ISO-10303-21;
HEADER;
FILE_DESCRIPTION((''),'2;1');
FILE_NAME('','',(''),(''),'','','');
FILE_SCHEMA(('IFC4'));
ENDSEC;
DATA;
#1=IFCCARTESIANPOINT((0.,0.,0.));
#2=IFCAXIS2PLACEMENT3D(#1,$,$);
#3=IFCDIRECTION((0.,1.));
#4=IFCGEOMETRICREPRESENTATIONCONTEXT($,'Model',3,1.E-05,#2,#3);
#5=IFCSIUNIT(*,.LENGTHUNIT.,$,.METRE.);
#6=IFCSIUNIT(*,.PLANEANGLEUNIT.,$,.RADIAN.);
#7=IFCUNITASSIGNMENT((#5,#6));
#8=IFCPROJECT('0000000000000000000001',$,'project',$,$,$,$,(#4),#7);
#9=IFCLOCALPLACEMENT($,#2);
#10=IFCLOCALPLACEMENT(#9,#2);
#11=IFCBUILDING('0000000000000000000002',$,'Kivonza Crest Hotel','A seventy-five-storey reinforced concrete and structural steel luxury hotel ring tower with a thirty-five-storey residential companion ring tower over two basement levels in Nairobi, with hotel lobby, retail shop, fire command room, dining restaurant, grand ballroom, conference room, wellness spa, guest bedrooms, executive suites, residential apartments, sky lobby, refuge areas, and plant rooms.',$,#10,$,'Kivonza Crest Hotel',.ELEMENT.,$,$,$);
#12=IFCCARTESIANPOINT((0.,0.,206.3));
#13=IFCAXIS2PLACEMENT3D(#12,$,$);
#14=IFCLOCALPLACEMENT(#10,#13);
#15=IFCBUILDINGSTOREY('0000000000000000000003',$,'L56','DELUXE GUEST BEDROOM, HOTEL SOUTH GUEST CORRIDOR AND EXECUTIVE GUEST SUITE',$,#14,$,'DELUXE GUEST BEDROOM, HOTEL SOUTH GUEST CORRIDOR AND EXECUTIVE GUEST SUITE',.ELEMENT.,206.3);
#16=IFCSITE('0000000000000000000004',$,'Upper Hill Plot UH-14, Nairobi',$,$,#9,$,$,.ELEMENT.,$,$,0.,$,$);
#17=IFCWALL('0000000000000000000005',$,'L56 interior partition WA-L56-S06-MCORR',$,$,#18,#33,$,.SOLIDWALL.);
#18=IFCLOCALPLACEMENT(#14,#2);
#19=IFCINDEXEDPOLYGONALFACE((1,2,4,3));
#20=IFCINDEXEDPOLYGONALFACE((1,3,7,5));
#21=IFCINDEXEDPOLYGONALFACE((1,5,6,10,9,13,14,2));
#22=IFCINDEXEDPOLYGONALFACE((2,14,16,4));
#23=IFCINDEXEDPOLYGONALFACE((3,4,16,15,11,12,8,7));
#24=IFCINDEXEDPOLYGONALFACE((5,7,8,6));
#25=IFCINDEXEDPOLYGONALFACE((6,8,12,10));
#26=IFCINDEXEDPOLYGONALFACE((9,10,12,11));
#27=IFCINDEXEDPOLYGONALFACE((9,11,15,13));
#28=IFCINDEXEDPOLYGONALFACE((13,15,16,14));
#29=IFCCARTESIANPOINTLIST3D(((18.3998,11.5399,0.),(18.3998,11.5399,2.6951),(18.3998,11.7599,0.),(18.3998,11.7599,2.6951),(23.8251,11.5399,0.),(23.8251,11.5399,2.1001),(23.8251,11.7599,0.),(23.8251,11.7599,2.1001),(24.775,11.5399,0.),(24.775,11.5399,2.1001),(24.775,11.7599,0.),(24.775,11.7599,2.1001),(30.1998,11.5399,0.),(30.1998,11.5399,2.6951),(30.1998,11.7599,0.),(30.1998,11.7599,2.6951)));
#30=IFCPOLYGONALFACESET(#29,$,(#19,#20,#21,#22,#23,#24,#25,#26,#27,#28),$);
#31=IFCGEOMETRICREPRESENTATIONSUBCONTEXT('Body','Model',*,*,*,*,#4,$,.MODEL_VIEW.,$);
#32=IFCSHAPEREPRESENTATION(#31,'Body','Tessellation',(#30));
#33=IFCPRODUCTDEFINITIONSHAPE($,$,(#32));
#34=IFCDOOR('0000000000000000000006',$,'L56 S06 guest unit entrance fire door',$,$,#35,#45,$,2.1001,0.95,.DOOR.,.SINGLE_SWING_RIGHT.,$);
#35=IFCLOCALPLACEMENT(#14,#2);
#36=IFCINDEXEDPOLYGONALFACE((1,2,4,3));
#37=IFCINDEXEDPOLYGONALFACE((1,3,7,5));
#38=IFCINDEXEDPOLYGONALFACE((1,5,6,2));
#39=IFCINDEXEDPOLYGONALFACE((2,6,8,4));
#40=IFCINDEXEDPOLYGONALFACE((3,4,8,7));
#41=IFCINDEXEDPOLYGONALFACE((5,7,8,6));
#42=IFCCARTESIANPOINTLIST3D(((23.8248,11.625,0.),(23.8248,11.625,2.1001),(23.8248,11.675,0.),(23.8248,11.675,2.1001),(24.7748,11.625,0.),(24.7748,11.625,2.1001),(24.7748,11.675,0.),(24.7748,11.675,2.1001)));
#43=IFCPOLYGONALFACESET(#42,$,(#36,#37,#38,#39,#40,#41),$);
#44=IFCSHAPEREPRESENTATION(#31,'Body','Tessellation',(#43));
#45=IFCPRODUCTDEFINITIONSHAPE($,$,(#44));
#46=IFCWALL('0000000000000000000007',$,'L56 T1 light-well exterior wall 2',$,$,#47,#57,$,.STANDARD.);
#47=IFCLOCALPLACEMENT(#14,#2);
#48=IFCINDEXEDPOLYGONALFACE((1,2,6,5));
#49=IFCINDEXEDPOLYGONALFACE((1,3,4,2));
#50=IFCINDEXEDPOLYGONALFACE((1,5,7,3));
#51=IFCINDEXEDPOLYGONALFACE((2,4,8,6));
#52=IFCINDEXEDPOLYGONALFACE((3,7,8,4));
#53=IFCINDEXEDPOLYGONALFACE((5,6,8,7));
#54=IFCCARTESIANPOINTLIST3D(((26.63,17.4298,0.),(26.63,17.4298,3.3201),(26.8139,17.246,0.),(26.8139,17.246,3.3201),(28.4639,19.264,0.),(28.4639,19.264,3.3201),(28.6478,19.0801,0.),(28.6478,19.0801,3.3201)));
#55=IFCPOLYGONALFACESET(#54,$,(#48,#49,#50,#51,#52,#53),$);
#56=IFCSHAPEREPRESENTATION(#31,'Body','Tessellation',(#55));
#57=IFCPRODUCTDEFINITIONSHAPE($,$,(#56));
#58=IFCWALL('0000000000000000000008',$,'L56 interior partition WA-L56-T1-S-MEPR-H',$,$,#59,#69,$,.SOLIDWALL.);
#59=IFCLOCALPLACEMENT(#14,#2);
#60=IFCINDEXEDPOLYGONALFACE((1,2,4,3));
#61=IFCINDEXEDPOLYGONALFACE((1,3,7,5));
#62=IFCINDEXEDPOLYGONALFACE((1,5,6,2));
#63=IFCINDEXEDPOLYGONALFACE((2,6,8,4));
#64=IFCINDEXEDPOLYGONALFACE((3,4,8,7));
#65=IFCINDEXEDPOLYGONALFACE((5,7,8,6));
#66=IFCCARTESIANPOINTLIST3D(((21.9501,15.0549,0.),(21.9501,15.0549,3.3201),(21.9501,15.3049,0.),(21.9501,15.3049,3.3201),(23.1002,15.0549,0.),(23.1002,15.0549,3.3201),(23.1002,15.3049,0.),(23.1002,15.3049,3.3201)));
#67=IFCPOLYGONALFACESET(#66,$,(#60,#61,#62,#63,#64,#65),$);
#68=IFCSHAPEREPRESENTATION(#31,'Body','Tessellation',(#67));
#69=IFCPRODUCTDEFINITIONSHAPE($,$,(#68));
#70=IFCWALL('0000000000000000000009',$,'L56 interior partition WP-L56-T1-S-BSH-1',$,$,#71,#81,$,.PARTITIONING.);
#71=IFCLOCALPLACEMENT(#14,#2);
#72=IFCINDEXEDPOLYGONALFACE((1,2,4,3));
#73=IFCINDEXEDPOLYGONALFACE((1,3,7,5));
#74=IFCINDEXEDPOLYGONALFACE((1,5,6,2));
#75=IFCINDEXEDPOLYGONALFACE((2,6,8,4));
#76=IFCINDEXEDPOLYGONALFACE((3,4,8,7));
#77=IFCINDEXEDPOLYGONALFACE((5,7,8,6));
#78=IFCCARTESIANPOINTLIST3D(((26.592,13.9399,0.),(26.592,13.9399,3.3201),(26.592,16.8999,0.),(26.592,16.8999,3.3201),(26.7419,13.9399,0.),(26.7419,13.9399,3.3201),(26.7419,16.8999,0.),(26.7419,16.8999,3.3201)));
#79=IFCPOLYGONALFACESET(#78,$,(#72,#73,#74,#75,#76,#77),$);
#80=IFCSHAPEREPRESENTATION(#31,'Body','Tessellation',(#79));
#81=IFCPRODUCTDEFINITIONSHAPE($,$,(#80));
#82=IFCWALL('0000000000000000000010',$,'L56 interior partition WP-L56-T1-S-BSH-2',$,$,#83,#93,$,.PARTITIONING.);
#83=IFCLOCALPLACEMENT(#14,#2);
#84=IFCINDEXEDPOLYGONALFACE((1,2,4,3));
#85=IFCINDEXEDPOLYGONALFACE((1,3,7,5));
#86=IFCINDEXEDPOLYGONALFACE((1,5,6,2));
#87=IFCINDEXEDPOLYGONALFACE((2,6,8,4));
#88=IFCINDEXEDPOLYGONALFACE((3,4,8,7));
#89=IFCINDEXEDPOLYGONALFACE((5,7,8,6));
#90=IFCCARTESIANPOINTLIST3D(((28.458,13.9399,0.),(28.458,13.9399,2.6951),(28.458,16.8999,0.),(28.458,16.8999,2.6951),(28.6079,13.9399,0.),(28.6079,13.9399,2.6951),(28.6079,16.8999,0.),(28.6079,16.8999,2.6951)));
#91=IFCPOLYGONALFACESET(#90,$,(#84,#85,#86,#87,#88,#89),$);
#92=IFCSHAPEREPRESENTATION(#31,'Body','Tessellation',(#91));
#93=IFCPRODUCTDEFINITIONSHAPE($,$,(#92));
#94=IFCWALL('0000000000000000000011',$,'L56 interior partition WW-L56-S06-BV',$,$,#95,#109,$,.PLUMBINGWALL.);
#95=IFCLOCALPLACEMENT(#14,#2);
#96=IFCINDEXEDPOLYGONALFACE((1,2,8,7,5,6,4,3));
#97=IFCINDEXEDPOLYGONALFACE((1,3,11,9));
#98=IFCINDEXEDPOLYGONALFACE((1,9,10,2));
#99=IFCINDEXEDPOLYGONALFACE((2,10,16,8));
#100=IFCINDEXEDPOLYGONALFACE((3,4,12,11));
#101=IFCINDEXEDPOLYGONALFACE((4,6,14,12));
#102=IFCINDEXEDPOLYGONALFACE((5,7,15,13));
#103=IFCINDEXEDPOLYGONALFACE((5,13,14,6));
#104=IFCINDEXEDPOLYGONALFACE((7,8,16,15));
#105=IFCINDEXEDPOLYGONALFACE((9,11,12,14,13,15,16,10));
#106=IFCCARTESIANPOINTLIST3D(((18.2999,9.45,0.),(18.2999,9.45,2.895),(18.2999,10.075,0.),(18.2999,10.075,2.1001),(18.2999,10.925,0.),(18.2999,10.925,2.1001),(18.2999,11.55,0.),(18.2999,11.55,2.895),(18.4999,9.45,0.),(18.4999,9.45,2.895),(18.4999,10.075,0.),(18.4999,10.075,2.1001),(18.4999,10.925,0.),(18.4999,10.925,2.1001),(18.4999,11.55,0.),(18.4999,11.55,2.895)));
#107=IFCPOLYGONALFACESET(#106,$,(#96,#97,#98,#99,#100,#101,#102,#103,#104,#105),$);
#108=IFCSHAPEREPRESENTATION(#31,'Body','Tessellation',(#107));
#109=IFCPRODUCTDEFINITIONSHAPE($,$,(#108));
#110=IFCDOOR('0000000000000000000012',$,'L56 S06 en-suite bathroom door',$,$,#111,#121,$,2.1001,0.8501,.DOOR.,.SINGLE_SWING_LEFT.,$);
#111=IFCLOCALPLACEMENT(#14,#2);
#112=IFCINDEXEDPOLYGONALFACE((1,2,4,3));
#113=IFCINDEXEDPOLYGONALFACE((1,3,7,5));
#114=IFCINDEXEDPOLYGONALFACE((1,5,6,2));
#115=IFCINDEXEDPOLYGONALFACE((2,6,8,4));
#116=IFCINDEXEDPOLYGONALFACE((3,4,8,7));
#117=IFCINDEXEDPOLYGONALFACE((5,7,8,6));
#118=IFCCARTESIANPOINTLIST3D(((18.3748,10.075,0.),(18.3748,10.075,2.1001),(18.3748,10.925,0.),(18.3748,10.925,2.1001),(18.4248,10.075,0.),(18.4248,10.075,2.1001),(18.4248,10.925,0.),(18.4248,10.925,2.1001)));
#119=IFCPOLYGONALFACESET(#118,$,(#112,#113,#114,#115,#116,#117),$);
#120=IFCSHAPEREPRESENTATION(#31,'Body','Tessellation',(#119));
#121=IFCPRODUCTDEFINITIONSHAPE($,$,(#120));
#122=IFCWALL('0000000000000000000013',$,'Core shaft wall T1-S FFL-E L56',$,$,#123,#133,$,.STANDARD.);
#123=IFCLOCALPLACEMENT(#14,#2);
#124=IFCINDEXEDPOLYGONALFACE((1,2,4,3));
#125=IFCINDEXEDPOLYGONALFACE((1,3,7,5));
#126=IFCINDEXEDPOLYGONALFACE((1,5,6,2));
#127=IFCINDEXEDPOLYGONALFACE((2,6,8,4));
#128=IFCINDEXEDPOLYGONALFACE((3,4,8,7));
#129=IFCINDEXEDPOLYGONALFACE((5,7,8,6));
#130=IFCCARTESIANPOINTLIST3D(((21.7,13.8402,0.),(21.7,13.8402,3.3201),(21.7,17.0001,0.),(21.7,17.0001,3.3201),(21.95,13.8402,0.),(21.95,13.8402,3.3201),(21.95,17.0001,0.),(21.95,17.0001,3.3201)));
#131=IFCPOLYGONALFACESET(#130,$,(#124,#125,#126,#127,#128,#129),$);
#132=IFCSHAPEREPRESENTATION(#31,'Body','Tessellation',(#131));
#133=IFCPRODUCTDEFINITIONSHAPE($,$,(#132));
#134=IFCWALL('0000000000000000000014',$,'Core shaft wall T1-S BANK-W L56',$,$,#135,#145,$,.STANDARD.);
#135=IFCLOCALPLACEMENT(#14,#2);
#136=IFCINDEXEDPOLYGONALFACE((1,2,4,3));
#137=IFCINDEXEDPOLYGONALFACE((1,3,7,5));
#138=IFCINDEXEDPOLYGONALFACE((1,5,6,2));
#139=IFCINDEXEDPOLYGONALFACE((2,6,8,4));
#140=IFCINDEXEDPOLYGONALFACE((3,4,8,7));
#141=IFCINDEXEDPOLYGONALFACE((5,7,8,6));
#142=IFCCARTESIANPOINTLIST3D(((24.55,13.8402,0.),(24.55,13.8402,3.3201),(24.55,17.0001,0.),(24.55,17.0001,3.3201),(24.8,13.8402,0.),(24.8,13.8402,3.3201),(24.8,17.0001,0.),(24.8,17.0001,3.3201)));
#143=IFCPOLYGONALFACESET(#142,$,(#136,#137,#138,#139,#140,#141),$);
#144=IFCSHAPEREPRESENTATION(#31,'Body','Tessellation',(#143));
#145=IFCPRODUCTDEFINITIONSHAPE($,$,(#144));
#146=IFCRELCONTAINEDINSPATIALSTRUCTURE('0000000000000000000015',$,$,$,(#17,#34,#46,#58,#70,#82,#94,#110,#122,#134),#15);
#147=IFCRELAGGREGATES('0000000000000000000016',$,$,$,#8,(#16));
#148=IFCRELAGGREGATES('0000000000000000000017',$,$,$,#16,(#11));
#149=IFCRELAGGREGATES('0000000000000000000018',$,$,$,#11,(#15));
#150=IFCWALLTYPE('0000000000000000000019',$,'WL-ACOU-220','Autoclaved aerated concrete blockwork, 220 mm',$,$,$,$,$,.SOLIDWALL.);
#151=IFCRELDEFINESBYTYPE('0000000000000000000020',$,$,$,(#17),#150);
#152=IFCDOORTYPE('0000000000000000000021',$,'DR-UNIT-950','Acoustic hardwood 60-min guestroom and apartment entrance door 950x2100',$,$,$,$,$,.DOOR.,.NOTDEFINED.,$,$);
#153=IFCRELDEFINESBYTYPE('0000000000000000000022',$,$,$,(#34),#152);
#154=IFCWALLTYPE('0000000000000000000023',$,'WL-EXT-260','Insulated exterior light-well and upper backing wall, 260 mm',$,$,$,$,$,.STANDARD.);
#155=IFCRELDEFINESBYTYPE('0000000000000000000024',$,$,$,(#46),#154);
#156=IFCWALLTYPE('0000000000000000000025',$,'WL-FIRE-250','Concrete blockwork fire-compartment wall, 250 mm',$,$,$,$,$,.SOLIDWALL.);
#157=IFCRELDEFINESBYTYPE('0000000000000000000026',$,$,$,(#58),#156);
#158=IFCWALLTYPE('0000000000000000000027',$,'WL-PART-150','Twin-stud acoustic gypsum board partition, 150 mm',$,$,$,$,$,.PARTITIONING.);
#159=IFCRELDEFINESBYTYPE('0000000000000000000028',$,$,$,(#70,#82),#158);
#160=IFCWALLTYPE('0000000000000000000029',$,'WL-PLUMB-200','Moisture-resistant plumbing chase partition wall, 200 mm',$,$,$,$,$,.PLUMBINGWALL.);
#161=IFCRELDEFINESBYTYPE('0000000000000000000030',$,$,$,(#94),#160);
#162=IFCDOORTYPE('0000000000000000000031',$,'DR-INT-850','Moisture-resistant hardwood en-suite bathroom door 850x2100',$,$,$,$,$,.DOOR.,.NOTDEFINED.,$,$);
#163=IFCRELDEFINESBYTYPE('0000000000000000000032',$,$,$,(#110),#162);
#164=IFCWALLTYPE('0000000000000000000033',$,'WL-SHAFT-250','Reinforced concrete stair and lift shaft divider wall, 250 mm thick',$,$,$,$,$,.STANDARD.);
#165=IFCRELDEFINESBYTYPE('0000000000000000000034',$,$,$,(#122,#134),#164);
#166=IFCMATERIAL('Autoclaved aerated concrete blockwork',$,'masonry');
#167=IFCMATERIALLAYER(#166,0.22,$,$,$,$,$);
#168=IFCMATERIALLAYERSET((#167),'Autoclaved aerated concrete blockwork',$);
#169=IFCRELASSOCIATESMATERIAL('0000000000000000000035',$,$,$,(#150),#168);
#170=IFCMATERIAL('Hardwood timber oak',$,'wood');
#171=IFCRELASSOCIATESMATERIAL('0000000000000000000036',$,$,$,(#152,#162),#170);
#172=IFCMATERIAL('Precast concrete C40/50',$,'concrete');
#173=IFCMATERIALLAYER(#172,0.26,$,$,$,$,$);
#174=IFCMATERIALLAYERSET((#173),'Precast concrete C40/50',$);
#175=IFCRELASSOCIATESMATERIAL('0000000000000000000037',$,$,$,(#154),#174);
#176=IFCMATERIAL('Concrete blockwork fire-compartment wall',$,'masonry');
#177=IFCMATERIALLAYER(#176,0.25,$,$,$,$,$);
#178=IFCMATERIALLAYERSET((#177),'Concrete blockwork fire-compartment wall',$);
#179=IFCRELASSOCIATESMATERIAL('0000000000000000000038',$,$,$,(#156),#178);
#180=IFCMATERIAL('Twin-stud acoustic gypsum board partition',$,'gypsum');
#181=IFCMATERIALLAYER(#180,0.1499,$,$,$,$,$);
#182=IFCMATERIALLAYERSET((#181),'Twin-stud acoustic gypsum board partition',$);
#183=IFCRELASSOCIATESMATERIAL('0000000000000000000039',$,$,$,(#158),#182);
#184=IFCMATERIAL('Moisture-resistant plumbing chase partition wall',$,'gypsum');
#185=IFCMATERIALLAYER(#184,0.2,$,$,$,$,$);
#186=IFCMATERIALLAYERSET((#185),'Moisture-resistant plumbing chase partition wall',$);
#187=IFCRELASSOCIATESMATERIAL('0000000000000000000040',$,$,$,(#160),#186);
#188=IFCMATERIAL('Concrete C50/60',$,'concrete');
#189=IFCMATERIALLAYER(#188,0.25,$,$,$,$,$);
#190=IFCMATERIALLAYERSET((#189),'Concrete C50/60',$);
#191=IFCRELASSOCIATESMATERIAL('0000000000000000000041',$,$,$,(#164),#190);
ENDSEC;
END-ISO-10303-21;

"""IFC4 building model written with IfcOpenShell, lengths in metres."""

from ifc_helpers import new_model, si_unit, direction, frame, frame_2d, origin, place, context, subcontext, project, spatial, rectangle, extrude, material, layer, layer_set, type_object, element, fill, save


model = new_model("IFC4")

# Units and contexts
model_context = context("Model", 3, precision=1e-05, world=origin(), true_north=direction((0.0, 1.0)))
body_context = subcontext(model_context, "Body", "Model", "MODEL_VIEW")
ifc_project = project(units=[si_unit("LENGTHUNIT", "METRE"), si_unit("PLANEANGLEUNIT", "RADIAN")], contexts=[model_context])

# Site, building, storey
site_placement = place(None, origin())
site = spatial("IfcSite", under=ifc_project, at=site_placement, Name="Upper Hill Plot UH-14, Nairobi", CompositionType="ELEMENT", RefElevation=0.0)
building_placement = place(site_placement, origin())
building = spatial("IfcBuilding", under=site, at=building_placement, Name="Kivonza Crest Hotel", Description="A seventy-five-storey reinforced concrete and structural steel luxury hotel ring tower with a thirty-five-storey residential companion ring tower over two basement levels in Nairobi, with hotel lobby, retail shop, fire command room, dining restaurant, grand ballroom, conference room, wellness spa, guest bedrooms, executive suites, residential apartments, sky lobby, refuge areas, and plant rooms.", LongName="Kivonza Crest Hotel", CompositionType="ELEMENT")
storey_placement = place(building_placement, frame((0.0, 0.0, 206.3)))
storey = spatial("IfcBuildingStorey", under=building, at=storey_placement, Name="L56", Description="DELUXE GUEST BEDROOM, HOTEL SOUTH GUEST CORRIDOR AND EXECUTIVE GUEST SUITE", LongName="DELUXE GUEST BEDROOM, HOTEL SOUTH GUEST CORRIDOR AND EXECUTIVE GUEST SUITE", CompositionType="ELEMENT", Elevation=206.3)

# Wall, opening, door
ifc_material_1 = material(Name="Autoclaved aerated concrete blockwork", Category="masonry")
ifc_layer_1 = layer(ifc_material_1, 0.22)
ifc_layer_set_1 = layer_set([ifc_layer_1], Name="Autoclaved aerated concrete blockwork")
wall_type_1 = type_object("IfcWallType", Name="WL-ACOU-220", Description="Autoclaved aerated concrete blockwork, 220 mm", PredefinedType="SOLIDWALL", material=ifc_layer_set_1)
wall_1_placement = place(storey_placement, frame((18.3999, 11.6499, 0.0), z_axis=(0.0, 0.0, 1.0), x_axis=(1.0, 0.0, 0.0)))
wall_1 = element("IfcWall", 1, at=wall_1_placement, inside=storey, type_object=wall_type_1, Name="L56 interior partition WA-L56-S06-MCORR", PredefinedType="SOLIDWALL", context=body_context, shape_type="SweptSolid", body=[
    extrude(rectangle(XDim=11.8, YDim=0.22, at=frame_2d((5.8999, 0.0))), origin(), (0.0, 0.0, 1.0), 2.6951),
])
opening_1_placement = place(wall_1_placement, frame((5.425, 0.0, 0.0)))
opening_1 = element("IfcOpeningElement", 2, at=opening_1_placement, cuts=wall_1, PredefinedType="OPENING", context=body_context, shape_type="SweptSolid", body=[
    extrude(rectangle(XDim=0.95, YDim=2.1001, at=frame_2d((0.4751, 1.05))), frame((0.0, 0.1201, 0.0), z_axis=(0.0, -1.0, 0.0), x_axis=(1.0, 0.0, 0.0)), (0.0, 0.0, 1.0), 0.24),
])
ifc_material_2 = material(Name="Hardwood timber oak", Category="wood")
door_type_1 = type_object("IfcDoorType", Name="DR-UNIT-950", Description="Acoustic hardwood 60-min guestroom and apartment entrance door 950x2100", OperationType="NOTDEFINED", PredefinedType="DOOR", material=ifc_material_2)
door_1_placement = place(opening_1_placement, frame((0.95, 0.0, 0.0), z_axis=(0.0, 0.0, 1.0), x_axis=(-1.0, 0.0, 0.0)))
door_1 = element("IfcDoor", 3, at=door_1_placement, inside=storey, type_object=door_type_1, Name="L56 S06 guest unit entrance fire door", OperationType="SINGLE_SWING_RIGHT", OverallHeight=2.1001, OverallWidth=0.95, PredefinedType="DOOR", context=body_context, shape_type="SweptSolid", body=[
    extrude(rectangle(XDim=0.95, YDim=2.1001, at=frame_2d((0.4751, 1.05))), frame((0.0, 0.0249, 0.0), z_axis=(0.0, -1.0, 0.0), x_axis=(1.0, 0.0, 0.0)), (0.0, 0.0, 1.0), 0.05),
])
fill(opening_1, door_1)

# Walls
ifc_material_3 = material(Name="Precast concrete C40/50", Category="concrete")
ifc_layer_2 = layer(ifc_material_3, 0.26)
ifc_layer_set_2 = layer_set([ifc_layer_2], Name="Precast concrete C40/50")
wall_type_2 = type_object("IfcWallType", Name="WL-EXT-260", Description="Insulated exterior light-well and upper backing wall, 260 mm", PredefinedType="STANDARD", material=ifc_layer_set_2)
wall_2_placement = place(storey_placement, frame((26.7219, 17.3379, 0.0), z_axis=(0.0, 0.0, 1.0), x_axis=(0.70706, 0.707154, 0.0)))
element("IfcWall", 4, at=wall_2_placement, inside=storey, type_object=wall_type_2, Name="L56 T1 light-well exterior wall 2", PredefinedType="STANDARD", context=body_context, shape_type="SweptSolid", body=[
    extrude(rectangle(XDim=2.5938, YDim=0.26, at=frame_2d((1.2969, 0.0))), origin(), (0.0, 0.0, 1.0), 3.3201),
])
ifc_material_4 = material(Name="Concrete blockwork fire-compartment wall", Category="masonry")
ifc_layer_3 = layer(ifc_material_4, 0.25)
ifc_layer_set_3 = layer_set([ifc_layer_3], Name="Concrete blockwork fire-compartment wall")
wall_type_3 = type_object("IfcWallType", Name="WL-FIRE-250", Description="Concrete blockwork fire-compartment wall, 250 mm", PredefinedType="SOLIDWALL", material=ifc_layer_set_3)
wall_3_placement = place(storey_placement, frame((21.95, 15.1799, 0.0), z_axis=(0.0, 0.0, 1.0), x_axis=(1.0, 0.0, 0.0)))
element("IfcWall", 5, at=wall_3_placement, inside=storey, type_object=wall_type_3, Name="L56 interior partition WA-L56-T1-S-MEPR-H", PredefinedType="SOLIDWALL", context=body_context, shape_type="SweptSolid", body=[
    extrude(rectangle(XDim=1.1501, YDim=0.25, at=frame_2d((0.5752, 0.0))), origin(), (0.0, 0.0, 1.0), 3.3201),
])
ifc_material_5 = material(Name="Twin-stud acoustic gypsum board partition", Category="gypsum")
ifc_layer_4 = layer(ifc_material_5, 0.1499)
ifc_layer_set_4 = layer_set([ifc_layer_4], Name="Twin-stud acoustic gypsum board partition")
wall_type_4 = type_object("IfcWallType", Name="WL-PART-150", Description="Twin-stud acoustic gypsum board partition, 150 mm", PredefinedType="PARTITIONING", material=ifc_layer_set_4)
wall_4_placement = place(storey_placement, frame((26.667, 13.9399, 0.0), z_axis=(0.0, 0.0, 1.0), x_axis=(0.0, 1.0, 0.0)))
element("IfcWall", 6, at=wall_4_placement, inside=storey, type_object=wall_type_4, Name="L56 interior partition WP-L56-T1-S-BSH-1", PredefinedType="PARTITIONING", context=body_context, shape_type="SweptSolid", body=[
    extrude(rectangle(XDim=2.96, YDim=0.1499, at=frame_2d((1.48, 0.0))), origin(), (0.0, 0.0, 1.0), 3.3201),
])
wall_5_placement = place(storey_placement, frame((28.533, 13.9399, 0.0), z_axis=(0.0, 0.0, 1.0), x_axis=(0.0, 1.0, 0.0)))
element("IfcWall", 7, at=wall_5_placement, inside=storey, type_object=wall_type_4, Name="L56 interior partition WP-L56-T1-S-BSH-2", PredefinedType="PARTITIONING", context=body_context, shape_type="SweptSolid", body=[
    extrude(rectangle(XDim=2.96, YDim=0.1499, at=frame_2d((1.48, 0.0))), origin(), (0.0, 0.0, 1.0), 2.6951),
])

# Wall, opening, door
ifc_material_6 = material(Name="Moisture-resistant plumbing chase partition wall", Category="gypsum")
ifc_layer_5 = layer(ifc_material_6, 0.2)
ifc_layer_set_5 = layer_set([ifc_layer_5], Name="Moisture-resistant plumbing chase partition wall")
wall_type_5 = type_object("IfcWallType", Name="WL-PLUMB-200", Description="Moisture-resistant plumbing chase partition wall, 200 mm", PredefinedType="PLUMBINGWALL", material=ifc_layer_set_5)
wall_6_placement = place(storey_placement, frame((18.3999, 9.45, 0.0), z_axis=(0.0, 0.0, 1.0), x_axis=(0.0, 1.0, 0.0)))
wall_6 = element("IfcWall", 8, at=wall_6_placement, inside=storey, type_object=wall_type_5, Name="L56 interior partition WW-L56-S06-BV", PredefinedType="PLUMBINGWALL", context=body_context, shape_type="SweptSolid", body=[
    extrude(rectangle(XDim=2.1001, YDim=0.2, at=frame_2d((1.05, 0.0))), origin(), (0.0, 0.0, 1.0), 2.895),
])
opening_2_placement = place(wall_6_placement, frame((0.625, 0.0, 0.0)))
opening_2 = element("IfcOpeningElement", 9, at=opening_2_placement, cuts=wall_6, PredefinedType="OPENING", context=body_context, shape_type="SweptSolid", body=[
    extrude(rectangle(XDim=0.8501, YDim=2.1001, at=frame_2d((0.425, 1.05))), frame((0.0, 0.1099, 0.0), z_axis=(0.0, -1.0, 0.0), x_axis=(1.0, 0.0, 0.0)), (0.0, 0.0, 1.0), 0.22),
])
door_type_2 = type_object("IfcDoorType", Name="DR-INT-850", Description="Moisture-resistant hardwood en-suite bathroom door 850x2100", OperationType="NOTDEFINED", PredefinedType="DOOR", material=ifc_material_2)
door_2_placement = place(opening_2_placement, frame((0.8501, 0.0, 0.0), z_axis=(0.0, 0.0, 1.0), x_axis=(-1.0, 0.0, 0.0)))
door_2 = element("IfcDoor", 10, at=door_2_placement, inside=storey, type_object=door_type_2, Name="L56 S06 en-suite bathroom door", OperationType="SINGLE_SWING_LEFT", OverallHeight=2.1001, OverallWidth=0.8501, PredefinedType="DOOR", context=body_context, shape_type="SweptSolid", body=[
    extrude(rectangle(XDim=0.8501, YDim=2.1001, at=frame_2d((0.425, 1.05))), frame((0.0, 0.0249, 0.0), z_axis=(0.0, -1.0, 0.0), x_axis=(1.0, 0.0, 0.0)), (0.0, 0.0, 1.0), 0.05),
])
fill(opening_2, door_2)
ifc_material_7 = material(Name="Concrete C50/60", Category="concrete")
ifc_layer_6 = layer(ifc_material_7, 0.25)
ifc_layer_set_6 = layer_set([ifc_layer_6], Name="Concrete C50/60")
wall_type_6 = type_object("IfcWallType", Name="WL-SHAFT-250", Description="Reinforced concrete stair and lift shaft divider wall, 250 mm thick", PredefinedType="STANDARD", material=ifc_layer_set_6)

# Walls
for number, where, z_axis, x_axis, name in (
    (11, (21.825, 13.8401, 0.0), (0.0, 0.0, 1.0), (0.0, 1.0, 0.0), "Core shaft wall T1-S FFL-E L56"),
    (12, (24.675, 13.8401, 0.0), (0.0, 0.0, 1.0), (0.0, 1.0, 0.0), "Core shaft wall T1-S BANK-W L56"),
):
    element("IfcWall", number, at=place(storey_placement, frame(where, z_axis=z_axis, x_axis=x_axis)), inside=storey, type_object=wall_type_6, Name=name, PredefinedType="STANDARD", context=body_context, shape_type="SweptSolid", body=[
        extrude(rectangle(XDim=3.1599, YDim=0.25, at=frame_2d((1.5801, 0.0))), origin(), (0.0, 0.0, 1.0), 3.3201),
    ])

save(model, "model.ifc")
